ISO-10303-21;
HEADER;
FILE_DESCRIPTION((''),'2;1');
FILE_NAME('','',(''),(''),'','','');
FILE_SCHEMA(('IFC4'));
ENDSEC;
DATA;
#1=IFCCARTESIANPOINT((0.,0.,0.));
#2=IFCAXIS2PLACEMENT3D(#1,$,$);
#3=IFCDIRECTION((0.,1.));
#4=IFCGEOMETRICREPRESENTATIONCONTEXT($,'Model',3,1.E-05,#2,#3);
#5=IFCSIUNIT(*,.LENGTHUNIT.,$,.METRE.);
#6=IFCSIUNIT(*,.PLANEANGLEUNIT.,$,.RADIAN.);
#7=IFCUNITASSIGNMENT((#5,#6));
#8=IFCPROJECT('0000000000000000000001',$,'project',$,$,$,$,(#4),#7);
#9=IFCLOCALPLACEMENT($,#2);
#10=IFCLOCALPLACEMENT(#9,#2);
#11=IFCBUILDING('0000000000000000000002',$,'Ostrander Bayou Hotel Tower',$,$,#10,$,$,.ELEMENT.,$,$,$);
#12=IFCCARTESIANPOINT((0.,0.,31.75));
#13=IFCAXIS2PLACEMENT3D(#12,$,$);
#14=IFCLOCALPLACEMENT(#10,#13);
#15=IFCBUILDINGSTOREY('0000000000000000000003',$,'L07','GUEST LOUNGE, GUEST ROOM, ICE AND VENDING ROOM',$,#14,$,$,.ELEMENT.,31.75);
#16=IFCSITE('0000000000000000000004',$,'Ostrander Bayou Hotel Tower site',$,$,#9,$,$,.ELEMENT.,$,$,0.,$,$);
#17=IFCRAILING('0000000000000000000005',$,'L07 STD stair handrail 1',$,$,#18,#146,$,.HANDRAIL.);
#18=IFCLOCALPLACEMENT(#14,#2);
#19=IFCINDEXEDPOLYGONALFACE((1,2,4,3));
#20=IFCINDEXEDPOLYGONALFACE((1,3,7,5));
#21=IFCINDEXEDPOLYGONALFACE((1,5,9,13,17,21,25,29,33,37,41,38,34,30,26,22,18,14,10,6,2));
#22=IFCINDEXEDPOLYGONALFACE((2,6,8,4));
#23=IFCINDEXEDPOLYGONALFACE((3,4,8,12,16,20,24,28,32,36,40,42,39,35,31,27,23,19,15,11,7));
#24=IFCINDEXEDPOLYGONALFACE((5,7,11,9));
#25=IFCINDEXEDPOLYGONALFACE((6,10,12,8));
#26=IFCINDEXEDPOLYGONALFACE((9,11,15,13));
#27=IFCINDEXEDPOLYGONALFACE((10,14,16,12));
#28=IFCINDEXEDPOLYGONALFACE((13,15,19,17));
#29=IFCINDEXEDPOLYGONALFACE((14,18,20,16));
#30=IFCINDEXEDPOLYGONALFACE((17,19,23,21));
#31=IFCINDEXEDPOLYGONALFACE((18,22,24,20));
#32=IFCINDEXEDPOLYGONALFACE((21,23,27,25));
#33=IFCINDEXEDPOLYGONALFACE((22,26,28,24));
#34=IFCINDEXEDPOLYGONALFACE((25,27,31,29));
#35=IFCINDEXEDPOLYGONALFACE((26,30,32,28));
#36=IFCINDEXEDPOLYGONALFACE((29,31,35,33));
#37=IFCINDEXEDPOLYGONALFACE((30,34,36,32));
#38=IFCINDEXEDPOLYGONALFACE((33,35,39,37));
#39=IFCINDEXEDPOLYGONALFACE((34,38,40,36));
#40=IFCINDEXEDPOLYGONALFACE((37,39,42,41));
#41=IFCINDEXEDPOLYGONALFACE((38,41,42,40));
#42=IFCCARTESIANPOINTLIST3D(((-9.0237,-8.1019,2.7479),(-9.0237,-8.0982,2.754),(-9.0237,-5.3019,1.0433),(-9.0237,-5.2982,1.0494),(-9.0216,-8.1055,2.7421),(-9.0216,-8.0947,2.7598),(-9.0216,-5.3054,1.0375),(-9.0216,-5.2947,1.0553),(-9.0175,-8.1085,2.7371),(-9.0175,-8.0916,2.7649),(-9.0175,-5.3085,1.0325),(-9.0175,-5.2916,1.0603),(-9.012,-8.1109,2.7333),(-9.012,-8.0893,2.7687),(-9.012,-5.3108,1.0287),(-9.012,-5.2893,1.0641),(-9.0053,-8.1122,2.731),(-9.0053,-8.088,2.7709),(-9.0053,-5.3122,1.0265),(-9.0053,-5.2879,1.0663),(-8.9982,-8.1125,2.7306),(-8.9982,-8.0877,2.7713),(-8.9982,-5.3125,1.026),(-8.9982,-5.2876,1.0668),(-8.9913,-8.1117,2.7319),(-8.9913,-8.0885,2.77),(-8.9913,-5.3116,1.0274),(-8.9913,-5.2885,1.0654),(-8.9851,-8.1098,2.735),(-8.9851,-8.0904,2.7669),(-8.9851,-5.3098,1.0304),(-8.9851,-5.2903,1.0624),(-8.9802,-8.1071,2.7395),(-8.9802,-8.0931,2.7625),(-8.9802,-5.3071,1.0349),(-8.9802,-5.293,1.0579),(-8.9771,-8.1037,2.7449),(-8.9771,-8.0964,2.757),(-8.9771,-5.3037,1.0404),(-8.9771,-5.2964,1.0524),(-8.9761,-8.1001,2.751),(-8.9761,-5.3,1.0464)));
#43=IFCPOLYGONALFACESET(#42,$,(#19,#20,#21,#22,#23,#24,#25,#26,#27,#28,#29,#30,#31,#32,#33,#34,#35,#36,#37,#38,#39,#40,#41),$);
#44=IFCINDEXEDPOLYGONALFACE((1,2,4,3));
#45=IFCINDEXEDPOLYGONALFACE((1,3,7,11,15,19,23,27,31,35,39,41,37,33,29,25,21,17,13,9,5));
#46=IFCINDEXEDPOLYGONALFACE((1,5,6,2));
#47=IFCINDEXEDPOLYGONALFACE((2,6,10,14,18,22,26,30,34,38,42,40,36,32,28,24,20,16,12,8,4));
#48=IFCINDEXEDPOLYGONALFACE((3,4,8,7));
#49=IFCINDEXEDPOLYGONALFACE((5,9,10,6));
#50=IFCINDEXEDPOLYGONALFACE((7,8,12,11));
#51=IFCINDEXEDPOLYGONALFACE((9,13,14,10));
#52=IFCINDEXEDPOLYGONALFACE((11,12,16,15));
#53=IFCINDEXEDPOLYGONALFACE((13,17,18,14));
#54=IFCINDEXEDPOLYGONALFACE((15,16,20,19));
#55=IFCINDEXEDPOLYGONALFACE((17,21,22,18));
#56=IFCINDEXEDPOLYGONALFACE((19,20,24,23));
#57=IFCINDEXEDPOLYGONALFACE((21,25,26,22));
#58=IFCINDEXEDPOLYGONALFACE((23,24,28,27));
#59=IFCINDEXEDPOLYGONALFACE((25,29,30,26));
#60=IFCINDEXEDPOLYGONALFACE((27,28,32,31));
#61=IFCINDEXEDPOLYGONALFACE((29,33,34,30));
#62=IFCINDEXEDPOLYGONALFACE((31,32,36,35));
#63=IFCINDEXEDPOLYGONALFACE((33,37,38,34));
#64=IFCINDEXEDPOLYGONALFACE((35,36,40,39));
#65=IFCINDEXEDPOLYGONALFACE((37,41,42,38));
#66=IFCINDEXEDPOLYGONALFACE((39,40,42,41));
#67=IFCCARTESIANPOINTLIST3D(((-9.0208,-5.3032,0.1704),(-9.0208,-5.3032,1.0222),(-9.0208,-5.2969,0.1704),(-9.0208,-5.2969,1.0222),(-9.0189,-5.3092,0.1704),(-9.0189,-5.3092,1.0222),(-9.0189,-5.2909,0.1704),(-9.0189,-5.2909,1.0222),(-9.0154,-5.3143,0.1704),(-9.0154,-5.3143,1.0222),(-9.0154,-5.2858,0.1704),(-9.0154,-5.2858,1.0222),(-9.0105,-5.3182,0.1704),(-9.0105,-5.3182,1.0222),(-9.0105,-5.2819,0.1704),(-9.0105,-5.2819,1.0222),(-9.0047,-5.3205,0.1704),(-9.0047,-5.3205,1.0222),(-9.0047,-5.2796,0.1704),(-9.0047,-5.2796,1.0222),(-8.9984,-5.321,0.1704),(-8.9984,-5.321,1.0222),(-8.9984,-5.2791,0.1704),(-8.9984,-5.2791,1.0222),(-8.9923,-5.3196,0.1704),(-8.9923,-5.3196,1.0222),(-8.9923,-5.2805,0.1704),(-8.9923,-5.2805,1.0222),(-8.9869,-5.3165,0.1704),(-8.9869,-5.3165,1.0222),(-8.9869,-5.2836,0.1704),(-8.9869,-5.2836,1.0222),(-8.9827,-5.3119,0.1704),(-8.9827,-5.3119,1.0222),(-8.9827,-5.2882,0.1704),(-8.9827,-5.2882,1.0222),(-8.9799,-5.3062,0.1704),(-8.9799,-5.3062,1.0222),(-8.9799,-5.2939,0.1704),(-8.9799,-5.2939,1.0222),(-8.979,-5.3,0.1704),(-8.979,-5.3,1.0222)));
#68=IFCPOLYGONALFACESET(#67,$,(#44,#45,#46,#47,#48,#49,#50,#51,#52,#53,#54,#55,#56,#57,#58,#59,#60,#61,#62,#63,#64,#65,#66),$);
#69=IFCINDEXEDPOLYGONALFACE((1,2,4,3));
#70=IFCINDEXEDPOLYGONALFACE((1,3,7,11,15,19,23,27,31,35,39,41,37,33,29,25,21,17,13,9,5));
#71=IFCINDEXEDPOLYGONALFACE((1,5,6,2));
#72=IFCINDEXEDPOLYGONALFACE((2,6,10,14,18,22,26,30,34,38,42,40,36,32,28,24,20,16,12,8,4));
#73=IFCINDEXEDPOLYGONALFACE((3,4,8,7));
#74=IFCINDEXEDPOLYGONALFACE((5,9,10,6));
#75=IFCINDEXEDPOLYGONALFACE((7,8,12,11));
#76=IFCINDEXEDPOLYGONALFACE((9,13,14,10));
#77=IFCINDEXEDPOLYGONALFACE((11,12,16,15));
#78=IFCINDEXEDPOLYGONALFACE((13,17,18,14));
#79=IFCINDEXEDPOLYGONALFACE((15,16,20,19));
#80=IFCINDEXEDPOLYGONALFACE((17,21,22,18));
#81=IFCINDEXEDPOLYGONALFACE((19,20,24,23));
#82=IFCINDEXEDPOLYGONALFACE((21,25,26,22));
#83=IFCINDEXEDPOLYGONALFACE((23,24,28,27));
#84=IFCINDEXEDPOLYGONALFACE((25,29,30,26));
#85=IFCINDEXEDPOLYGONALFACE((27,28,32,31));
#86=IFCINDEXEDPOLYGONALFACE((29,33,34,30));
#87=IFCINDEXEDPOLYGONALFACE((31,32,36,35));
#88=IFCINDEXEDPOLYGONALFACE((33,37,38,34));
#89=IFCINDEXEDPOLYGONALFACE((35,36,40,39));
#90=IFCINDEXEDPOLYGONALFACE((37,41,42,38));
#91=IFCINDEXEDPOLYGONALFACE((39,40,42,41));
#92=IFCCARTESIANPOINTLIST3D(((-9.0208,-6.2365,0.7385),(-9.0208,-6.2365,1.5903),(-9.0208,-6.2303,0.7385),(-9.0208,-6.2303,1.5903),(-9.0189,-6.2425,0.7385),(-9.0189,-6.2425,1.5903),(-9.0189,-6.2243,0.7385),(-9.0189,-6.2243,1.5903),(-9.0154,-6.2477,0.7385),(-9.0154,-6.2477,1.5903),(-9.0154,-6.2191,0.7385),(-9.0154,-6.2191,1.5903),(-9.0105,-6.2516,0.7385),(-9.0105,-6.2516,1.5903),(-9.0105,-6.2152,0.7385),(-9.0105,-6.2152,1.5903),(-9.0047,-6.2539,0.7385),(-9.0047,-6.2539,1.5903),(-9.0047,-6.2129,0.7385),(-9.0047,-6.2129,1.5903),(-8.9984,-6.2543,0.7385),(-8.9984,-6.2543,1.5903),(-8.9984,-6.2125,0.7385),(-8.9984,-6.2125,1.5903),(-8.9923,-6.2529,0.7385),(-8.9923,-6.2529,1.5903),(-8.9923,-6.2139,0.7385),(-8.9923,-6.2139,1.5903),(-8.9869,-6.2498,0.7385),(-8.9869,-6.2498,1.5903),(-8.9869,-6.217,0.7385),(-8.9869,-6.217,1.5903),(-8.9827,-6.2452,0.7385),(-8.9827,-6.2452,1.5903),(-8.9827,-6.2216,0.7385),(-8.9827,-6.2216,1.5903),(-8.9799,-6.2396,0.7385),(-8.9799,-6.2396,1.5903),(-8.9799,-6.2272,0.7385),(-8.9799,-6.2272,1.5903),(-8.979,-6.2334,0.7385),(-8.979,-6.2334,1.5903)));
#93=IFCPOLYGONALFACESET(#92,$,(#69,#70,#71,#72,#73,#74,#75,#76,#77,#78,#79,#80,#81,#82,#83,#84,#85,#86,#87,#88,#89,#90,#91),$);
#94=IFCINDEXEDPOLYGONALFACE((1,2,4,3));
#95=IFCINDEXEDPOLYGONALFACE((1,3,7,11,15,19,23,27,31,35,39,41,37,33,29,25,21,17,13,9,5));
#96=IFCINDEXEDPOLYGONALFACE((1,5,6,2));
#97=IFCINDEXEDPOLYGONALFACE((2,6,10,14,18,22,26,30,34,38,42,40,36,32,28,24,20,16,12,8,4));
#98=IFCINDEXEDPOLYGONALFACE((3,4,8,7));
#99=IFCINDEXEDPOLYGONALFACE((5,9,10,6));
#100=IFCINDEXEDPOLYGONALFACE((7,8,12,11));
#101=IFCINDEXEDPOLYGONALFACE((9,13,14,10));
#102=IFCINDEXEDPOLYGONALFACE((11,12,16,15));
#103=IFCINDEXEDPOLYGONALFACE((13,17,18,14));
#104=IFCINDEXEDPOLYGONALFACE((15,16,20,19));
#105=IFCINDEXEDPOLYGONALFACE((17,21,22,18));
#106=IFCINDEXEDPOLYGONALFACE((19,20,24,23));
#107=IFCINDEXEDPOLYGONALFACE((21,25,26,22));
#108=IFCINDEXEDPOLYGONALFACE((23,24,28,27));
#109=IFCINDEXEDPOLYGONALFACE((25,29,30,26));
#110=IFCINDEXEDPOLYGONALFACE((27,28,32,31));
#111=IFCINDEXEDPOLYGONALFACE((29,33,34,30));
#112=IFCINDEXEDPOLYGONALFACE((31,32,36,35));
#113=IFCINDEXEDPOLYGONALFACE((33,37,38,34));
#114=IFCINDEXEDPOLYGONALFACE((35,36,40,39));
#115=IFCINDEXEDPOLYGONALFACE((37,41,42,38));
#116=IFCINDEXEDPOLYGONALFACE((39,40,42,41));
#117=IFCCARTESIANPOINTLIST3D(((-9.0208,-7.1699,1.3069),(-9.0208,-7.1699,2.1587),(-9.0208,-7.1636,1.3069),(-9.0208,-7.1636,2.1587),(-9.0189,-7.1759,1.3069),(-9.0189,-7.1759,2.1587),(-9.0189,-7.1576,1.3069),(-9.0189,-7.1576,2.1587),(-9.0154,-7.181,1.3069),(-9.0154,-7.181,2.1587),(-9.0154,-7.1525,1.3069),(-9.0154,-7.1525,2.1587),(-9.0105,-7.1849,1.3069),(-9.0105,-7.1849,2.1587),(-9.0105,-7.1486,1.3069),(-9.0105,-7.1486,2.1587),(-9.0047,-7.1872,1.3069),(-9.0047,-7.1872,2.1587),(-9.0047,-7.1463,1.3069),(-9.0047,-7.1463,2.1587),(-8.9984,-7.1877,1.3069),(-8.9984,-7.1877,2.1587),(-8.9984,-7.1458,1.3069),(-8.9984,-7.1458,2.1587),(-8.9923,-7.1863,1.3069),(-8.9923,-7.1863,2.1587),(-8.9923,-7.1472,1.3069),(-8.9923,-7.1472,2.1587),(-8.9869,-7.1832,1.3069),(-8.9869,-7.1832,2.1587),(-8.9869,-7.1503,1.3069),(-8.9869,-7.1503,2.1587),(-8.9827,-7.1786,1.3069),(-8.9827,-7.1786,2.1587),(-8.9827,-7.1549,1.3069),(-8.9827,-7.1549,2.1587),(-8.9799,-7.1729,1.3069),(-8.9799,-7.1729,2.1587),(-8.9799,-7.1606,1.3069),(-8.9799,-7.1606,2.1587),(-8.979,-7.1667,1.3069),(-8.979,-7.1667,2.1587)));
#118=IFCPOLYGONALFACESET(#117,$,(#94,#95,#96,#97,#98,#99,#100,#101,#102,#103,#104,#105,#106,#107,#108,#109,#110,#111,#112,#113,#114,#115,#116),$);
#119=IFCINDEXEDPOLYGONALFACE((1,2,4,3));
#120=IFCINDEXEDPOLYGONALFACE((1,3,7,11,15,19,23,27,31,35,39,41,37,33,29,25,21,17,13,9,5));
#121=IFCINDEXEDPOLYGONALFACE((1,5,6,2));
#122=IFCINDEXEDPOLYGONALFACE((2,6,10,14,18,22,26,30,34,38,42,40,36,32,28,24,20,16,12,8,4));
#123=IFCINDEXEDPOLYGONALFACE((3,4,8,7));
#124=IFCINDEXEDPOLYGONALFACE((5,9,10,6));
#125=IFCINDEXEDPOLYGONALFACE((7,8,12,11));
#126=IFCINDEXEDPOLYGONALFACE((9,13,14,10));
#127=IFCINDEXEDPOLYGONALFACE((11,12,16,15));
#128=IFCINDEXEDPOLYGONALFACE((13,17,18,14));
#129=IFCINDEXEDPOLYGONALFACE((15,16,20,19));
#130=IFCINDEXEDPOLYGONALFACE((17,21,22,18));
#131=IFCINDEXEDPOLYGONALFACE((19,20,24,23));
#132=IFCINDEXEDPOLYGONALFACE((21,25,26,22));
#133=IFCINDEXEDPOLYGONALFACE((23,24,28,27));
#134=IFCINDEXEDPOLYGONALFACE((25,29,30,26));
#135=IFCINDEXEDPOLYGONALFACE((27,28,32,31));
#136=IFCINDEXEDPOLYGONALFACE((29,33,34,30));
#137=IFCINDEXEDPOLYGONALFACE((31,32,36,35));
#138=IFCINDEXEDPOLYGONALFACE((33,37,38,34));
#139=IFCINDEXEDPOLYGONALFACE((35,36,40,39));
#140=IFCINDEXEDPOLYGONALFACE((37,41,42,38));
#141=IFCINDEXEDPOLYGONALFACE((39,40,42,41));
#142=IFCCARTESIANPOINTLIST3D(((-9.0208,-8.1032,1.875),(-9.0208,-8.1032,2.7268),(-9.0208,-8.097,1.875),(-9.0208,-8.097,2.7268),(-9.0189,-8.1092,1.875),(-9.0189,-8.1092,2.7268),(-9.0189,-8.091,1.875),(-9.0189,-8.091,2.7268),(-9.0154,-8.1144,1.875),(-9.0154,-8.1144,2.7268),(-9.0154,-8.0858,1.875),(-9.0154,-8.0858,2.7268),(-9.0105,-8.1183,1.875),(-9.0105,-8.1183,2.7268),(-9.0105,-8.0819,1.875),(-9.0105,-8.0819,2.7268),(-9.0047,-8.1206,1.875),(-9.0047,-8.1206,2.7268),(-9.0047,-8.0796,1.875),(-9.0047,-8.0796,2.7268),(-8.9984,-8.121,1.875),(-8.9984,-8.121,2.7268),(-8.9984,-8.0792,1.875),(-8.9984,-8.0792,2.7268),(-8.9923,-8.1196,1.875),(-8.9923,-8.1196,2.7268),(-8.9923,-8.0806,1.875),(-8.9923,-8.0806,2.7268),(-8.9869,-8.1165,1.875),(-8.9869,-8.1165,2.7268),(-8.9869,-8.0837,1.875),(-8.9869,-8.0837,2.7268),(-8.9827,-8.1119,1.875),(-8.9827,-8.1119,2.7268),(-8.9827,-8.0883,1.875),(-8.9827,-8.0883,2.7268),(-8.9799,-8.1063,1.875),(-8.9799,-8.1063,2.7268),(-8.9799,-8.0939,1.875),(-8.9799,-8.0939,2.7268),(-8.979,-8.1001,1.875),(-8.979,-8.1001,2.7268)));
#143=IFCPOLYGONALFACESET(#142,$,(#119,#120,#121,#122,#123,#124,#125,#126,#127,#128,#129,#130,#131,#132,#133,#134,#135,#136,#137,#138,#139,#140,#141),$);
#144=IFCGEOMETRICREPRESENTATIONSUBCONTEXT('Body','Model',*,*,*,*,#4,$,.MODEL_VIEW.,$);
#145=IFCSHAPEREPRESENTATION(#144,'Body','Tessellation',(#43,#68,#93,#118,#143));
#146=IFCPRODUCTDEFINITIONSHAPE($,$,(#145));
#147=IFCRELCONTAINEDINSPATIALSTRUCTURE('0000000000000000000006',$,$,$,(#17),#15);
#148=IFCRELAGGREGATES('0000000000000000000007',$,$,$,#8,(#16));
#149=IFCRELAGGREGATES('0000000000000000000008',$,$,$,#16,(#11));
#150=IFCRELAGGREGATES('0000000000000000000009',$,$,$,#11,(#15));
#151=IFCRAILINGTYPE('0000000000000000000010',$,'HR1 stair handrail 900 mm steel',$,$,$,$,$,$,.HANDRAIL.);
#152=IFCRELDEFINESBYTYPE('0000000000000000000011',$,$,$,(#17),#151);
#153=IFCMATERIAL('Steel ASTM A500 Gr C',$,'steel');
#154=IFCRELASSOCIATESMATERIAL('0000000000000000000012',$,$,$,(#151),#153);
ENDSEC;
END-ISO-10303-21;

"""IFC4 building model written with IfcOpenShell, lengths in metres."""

from ifc_helpers import new_model, si_unit, direction, frame, origin, origin_2d, place, context, subcontext, project, spatial, circle, extrude, material, type_object, element, save


model = new_model("IFC4")

# Units and contexts
model_context = context("Model", 3, precision=1e-05, world=origin(), true_north=direction((0.0, 1.0)))
body_context = subcontext(model_context, "Body", "Model", "MODEL_VIEW")
ifc_project = project(units=[si_unit("LENGTHUNIT", "METRE"), si_unit("PLANEANGLEUNIT", "RADIAN")], contexts=[model_context])

# Site, building, storey
site_placement = place(None, origin())
site = spatial("IfcSite", under=ifc_project, at=site_placement, Name="Ostrander Bayou Hotel Tower site", CompositionType="ELEMENT", RefElevation=0.0)
building_placement = place(site_placement, origin())
building = spatial("IfcBuilding", under=site, at=building_placement, Name="Ostrander Bayou Hotel Tower", CompositionType="ELEMENT")
storey_placement = place(building_placement, frame((0.0, 0.0, 31.75)))
storey = spatial("IfcBuildingStorey", under=building, at=storey_placement, Name="L07", Description="GUEST LOUNGE, GUEST ROOM, ICE AND VENDING ROOM", CompositionType="ELEMENT", Elevation=31.75)

# Railing
ifc_material_1 = material(Name="Steel ASTM A500 Gr C", Category="steel")
railing_type_1 = type_object("IfcRailingType", Name="HR1 stair handrail 900 mm steel", PredefinedType="HANDRAIL", material=ifc_material_1)
railing_1_placement = place(storey_placement, frame((-9.0, -5.3, 0.1704)))
element("IfcRailing", 1, at=railing_1_placement, inside=storey, type_object=railing_type_1, Name="L07 STD stair handrail 1", PredefinedType="HANDRAIL", context=body_context, shape_type="SweptSolid", body=[
    extrude(circle(Radius=0.0239, at=origin_2d()), frame((0.0, 0.0, 0.876), z_axis=(0.0, -0.85417, 0.519994), x_axis=(1.0, 0.0, 0.0)), (0.0, 0.0, 1.0), 3.2781),
    extrude(circle(Radius=0.021, at=origin_2d()), origin(), (0.0, 0.0, 1.0), 0.8518),
    extrude(circle(Radius=0.021, at=origin_2d()), frame((0.0, -0.9333, 0.5681)), (0.0, 0.0, 1.0), 0.8518),
    extrude(circle(Radius=0.021, at=origin_2d()), frame((0.0, -1.8667, 1.1365)), (0.0, 0.0, 1.0), 0.8518),
    extrude(circle(Radius=0.021, at=origin_2d()), frame((0.0, -2.8, 1.7046)), (0.0, 0.0, 1.0), 0.8518),
])

save(model, "model.ifc")
